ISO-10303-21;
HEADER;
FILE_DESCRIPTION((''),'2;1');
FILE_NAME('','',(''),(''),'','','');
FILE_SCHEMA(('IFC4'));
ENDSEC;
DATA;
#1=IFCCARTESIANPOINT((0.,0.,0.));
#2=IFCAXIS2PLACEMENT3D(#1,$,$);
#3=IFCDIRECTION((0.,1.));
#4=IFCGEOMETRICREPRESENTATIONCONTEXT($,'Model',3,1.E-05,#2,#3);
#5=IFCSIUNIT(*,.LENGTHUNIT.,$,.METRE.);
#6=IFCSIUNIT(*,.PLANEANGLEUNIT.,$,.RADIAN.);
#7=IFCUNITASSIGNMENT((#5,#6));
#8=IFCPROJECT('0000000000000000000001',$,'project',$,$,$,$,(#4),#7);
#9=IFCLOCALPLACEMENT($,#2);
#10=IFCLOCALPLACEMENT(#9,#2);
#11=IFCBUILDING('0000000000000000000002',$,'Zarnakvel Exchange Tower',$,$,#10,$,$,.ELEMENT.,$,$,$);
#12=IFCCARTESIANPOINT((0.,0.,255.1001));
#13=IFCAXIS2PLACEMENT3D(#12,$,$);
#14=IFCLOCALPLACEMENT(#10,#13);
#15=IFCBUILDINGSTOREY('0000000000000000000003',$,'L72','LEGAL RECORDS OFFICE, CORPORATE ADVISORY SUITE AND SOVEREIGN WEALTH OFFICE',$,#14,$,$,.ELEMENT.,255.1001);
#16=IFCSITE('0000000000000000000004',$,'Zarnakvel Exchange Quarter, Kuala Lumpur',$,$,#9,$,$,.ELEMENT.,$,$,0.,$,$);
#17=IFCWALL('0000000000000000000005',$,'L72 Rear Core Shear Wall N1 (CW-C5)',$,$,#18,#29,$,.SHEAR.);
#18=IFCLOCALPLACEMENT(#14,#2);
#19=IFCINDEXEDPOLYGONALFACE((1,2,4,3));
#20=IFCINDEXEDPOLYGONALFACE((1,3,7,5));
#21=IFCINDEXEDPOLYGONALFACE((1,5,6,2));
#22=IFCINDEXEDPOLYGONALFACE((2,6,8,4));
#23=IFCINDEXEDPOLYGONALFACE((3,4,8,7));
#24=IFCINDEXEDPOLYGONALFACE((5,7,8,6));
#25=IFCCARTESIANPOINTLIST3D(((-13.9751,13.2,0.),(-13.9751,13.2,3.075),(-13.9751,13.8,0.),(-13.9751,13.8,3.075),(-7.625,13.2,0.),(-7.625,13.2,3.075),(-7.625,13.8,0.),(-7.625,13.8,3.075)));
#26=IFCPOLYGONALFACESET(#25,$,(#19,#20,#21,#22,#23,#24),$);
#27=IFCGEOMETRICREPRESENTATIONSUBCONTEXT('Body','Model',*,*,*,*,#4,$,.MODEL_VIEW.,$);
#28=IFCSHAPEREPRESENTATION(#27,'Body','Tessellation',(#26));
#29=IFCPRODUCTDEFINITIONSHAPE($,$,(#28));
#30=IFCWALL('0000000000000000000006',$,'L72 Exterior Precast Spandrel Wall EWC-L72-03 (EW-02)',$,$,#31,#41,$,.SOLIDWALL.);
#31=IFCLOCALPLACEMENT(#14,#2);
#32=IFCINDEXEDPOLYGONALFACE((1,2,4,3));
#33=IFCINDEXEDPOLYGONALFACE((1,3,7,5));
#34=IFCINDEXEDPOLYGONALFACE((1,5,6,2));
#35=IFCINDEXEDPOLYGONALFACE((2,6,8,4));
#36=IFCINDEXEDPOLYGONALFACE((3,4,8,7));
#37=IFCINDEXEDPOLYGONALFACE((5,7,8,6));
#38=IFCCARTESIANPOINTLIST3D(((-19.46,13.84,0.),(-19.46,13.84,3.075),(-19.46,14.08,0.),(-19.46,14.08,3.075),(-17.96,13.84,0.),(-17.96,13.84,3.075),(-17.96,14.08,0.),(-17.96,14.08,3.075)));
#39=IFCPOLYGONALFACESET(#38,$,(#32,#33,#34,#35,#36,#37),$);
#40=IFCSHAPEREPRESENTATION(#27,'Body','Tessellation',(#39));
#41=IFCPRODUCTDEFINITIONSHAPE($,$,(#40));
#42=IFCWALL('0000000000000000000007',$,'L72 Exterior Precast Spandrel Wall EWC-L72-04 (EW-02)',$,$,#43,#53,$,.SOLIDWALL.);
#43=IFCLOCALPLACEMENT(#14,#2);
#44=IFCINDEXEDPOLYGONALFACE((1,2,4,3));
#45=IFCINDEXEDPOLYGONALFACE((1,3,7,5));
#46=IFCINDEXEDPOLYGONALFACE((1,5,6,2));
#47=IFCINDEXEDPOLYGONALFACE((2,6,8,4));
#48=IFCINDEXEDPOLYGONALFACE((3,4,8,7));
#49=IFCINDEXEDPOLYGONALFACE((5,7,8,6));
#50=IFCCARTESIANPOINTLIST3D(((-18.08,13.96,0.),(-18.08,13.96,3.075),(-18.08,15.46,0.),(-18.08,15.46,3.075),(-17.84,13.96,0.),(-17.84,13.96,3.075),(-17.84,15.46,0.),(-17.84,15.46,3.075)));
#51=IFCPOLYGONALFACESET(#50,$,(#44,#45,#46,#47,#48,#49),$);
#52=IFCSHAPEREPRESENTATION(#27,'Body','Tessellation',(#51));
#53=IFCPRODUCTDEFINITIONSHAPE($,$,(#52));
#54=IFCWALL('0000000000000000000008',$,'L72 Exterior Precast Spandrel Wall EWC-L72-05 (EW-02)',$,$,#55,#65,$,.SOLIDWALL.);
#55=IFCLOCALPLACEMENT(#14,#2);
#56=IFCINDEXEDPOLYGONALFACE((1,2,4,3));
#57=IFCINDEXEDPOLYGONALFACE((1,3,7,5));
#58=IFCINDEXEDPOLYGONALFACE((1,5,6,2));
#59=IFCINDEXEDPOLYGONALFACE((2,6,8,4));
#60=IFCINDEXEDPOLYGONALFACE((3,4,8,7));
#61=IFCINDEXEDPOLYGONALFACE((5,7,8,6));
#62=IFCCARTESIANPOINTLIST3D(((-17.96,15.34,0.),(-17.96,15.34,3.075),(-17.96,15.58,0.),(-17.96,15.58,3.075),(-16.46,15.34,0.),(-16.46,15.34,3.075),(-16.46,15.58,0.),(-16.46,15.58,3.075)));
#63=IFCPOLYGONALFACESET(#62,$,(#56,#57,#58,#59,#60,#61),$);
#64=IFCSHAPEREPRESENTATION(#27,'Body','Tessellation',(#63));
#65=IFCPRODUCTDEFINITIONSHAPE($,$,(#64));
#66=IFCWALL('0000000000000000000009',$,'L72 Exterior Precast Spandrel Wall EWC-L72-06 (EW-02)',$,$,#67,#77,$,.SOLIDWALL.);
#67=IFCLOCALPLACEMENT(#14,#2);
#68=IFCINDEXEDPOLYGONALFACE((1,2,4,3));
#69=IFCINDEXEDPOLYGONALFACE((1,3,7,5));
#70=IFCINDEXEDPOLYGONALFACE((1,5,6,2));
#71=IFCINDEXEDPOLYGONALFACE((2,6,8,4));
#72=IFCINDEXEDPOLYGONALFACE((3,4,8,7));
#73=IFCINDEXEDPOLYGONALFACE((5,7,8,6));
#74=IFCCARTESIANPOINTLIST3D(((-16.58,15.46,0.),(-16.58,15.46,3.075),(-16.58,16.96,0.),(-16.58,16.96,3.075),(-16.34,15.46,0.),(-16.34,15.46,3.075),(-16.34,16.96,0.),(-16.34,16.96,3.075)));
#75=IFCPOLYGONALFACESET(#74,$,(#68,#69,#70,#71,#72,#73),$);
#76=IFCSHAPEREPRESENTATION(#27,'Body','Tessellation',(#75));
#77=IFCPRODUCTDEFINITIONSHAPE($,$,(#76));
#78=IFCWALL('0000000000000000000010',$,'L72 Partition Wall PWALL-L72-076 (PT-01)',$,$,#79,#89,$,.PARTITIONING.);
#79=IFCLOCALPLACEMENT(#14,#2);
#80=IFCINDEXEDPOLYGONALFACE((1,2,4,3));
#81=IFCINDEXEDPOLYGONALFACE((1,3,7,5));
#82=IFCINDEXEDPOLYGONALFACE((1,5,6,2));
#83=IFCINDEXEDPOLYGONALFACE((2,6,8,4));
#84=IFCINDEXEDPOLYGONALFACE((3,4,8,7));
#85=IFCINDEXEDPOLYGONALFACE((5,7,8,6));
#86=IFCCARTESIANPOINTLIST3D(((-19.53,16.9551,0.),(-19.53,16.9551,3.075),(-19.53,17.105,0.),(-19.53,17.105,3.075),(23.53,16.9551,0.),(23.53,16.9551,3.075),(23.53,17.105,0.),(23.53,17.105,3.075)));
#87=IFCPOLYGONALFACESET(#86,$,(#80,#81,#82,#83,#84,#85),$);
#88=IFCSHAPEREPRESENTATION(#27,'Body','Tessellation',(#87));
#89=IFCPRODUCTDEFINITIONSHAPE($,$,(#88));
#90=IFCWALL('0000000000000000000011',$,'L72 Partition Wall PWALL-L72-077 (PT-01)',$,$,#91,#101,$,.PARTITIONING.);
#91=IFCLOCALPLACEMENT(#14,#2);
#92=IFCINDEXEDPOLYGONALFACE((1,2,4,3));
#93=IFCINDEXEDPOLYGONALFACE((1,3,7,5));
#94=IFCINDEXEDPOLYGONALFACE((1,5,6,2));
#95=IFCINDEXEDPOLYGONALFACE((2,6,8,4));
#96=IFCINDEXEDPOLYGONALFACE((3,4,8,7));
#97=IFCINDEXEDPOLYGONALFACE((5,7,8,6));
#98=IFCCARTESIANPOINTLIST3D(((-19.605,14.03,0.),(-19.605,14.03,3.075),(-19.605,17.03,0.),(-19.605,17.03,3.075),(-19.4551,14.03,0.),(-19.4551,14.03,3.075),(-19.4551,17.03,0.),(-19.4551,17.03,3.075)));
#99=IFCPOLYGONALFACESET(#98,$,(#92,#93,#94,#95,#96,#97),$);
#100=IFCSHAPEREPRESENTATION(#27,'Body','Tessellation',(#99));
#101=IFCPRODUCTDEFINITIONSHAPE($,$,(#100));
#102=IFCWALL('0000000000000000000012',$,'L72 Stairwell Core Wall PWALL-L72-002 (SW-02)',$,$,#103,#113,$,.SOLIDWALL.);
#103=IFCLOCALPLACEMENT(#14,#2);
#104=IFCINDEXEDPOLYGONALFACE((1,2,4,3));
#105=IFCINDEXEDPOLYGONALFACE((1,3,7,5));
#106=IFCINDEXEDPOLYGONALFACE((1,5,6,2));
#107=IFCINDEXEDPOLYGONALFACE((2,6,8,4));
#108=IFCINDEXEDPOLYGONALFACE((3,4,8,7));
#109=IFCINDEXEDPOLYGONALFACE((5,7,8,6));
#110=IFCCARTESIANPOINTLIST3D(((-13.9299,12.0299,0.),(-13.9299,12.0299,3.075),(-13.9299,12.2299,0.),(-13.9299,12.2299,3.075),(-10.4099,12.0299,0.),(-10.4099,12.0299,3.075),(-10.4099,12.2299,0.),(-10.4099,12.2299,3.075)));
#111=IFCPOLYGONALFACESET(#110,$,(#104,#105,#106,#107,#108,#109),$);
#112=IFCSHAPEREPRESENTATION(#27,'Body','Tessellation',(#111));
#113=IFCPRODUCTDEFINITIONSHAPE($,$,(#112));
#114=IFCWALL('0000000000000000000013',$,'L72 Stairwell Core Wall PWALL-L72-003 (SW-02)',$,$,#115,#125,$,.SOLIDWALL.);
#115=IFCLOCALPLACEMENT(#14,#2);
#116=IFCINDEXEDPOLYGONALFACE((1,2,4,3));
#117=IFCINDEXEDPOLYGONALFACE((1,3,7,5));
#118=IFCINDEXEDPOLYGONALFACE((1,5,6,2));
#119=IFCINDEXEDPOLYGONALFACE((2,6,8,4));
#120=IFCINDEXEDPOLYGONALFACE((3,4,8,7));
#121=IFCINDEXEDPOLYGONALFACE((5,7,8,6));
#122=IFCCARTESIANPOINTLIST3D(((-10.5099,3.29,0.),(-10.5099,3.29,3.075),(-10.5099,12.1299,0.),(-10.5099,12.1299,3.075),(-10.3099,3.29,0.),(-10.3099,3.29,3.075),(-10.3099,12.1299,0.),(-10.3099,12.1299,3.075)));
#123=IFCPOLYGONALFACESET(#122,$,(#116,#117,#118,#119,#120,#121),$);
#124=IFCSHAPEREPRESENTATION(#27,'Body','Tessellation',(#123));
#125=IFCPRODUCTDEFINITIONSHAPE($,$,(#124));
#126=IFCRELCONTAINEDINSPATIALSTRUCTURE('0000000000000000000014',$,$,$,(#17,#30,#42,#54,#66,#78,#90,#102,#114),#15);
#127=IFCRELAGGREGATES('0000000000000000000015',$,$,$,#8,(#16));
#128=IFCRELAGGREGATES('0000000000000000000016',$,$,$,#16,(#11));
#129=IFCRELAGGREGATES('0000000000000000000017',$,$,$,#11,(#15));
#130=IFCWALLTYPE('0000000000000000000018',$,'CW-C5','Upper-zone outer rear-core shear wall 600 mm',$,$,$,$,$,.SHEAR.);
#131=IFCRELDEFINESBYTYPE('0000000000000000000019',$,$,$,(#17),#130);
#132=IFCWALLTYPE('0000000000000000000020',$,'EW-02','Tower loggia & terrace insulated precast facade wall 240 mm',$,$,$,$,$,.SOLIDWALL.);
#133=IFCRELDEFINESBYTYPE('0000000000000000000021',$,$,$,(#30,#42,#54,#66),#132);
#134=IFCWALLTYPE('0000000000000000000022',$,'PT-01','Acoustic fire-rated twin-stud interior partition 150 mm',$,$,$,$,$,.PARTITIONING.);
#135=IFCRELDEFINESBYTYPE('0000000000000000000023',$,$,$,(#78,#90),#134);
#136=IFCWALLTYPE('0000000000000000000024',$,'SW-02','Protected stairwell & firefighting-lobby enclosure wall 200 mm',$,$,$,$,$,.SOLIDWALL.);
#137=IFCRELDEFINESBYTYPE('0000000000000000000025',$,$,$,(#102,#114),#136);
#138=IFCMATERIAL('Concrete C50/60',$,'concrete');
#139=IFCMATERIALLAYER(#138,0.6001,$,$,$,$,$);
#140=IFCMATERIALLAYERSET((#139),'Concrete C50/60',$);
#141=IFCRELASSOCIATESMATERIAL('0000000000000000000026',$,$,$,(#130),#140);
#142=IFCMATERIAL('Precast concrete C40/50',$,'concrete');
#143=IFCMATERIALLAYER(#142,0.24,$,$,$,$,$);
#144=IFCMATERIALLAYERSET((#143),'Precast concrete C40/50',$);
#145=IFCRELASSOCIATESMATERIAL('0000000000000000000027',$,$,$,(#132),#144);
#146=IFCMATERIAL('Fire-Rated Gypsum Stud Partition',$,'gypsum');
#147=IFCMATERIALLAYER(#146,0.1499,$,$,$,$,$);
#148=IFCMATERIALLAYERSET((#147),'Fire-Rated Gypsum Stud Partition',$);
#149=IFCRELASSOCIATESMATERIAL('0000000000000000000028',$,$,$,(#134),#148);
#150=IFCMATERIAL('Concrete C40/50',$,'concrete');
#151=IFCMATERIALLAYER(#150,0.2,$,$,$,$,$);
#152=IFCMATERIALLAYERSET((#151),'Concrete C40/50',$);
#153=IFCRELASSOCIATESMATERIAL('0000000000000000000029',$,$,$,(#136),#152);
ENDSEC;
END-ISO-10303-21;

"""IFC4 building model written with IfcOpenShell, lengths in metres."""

from ifc_helpers import new_model, si_unit, direction, frame, frame_2d, origin, place, context, subcontext, project, spatial, rectangle, extrude, material, layer, layer_set, type_object, element, save


model = new_model("IFC4")

# Units and contexts
model_context = context("Model", 3, precision=1e-05, world=origin(), true_north=direction((0.0, 1.0)))
body_context = subcontext(model_context, "Body", "Model", "MODEL_VIEW")
ifc_project = project(units=[si_unit("LENGTHUNIT", "METRE"), si_unit("PLANEANGLEUNIT", "RADIAN")], contexts=[model_context])

# Site, building, storey
site_placement = place(None, origin())
site = spatial("IfcSite", under=ifc_project, at=site_placement, Name="Zarnakvel Exchange Quarter, Kuala Lumpur", CompositionType="ELEMENT", RefElevation=0.0)
building_placement = place(site_placement, origin())
building = spatial("IfcBuilding", under=site, at=building_placement, Name="Zarnakvel Exchange Tower", CompositionType="ELEMENT")
storey_placement = place(building_placement, frame((0.0, 0.0, 255.1001)))
storey = spatial("IfcBuildingStorey", under=building, at=storey_placement, Name="L72", Description="LEGAL RECORDS OFFICE, CORPORATE ADVISORY SUITE AND SOVEREIGN WEALTH OFFICE", CompositionType="ELEMENT", Elevation=255.1001)

# Shared definitions
ifc_material_1 = material(Name="Concrete C50/60", Category="concrete")

# Walls
ifc_layer_1 = layer(ifc_material_1, 0.6001)
ifc_layer_set_1 = layer_set([ifc_layer_1], Name="Concrete C50/60")
wall_type_1 = type_object("IfcWallType", Name="CW-C5", Description="Upper-zone outer rear-core shear wall 600 mm", PredefinedType="SHEAR", material=ifc_layer_set_1)
wall_1_placement = place(storey_placement, frame((-13.9751, 13.5, 0.0), z_axis=(0.0, 0.0, 1.0), x_axis=(1.0, 0.0, 0.0)))
element("IfcWall", 1, at=wall_1_placement, inside=storey, type_object=wall_type_1, Name="L72 Rear Core Shear Wall N1 (CW-C5)", PredefinedType="SHEAR", context=body_context, shape_type="SweptSolid", body=[
    extrude(rectangle(XDim=6.3501, YDim=0.6001, at=frame_2d((3.175, 0.0))), origin(), (0.0, 0.0, 1.0), 3.075),
])
ifc_material_2 = material(Name="Precast concrete C40/50", Category="concrete")
ifc_layer_2 = layer(ifc_material_2, 0.24)
ifc_layer_set_2 = layer_set([ifc_layer_2], Name="Precast concrete C40/50")
wall_type_2 = type_object("IfcWallType", Name="EW-02", Description="Tower loggia & terrace insulated precast facade wall 240 mm", PredefinedType="SOLIDWALL", material=ifc_layer_set_2)
for number, where, z_axis, x_axis, name in (
    (2, (-17.96, 13.96, 0.0), (0.0, 0.0, 1.0), (-1.0, 0.0, 0.0), "L72 Exterior Precast Spandrel Wall EWC-L72-03 (EW-02)"),
    (3, (-17.96, 15.46, 0.0), (0.0, 0.0, 1.0), (0.0, -1.0, 0.0), "L72 Exterior Precast Spandrel Wall EWC-L72-04 (EW-02)"),
    (4, (-16.46, 15.46, 0.0), (0.0, 0.0, 1.0), (-1.0, 0.0, 0.0), "L72 Exterior Precast Spandrel Wall EWC-L72-05 (EW-02)"),
    (5, (-16.46, 16.96, 0.0), (0.0, 0.0, 1.0), (0.0, -1.0, 0.0), "L72 Exterior Precast Spandrel Wall EWC-L72-06 (EW-02)"),
):
    element("IfcWall", number, at=place(storey_placement, frame(where, z_axis=z_axis, x_axis=x_axis)), inside=storey, type_object=wall_type_2, Name=name, PredefinedType="SOLIDWALL", context=body_context, shape_type="SweptSolid", body=[
        extrude(rectangle(XDim=1.5, YDim=0.24, at=frame_2d((0.75, 0.0))), origin(), (0.0, 0.0, 1.0), 3.075),
    ])

# Shared definitions
ifc_material_3 = material(Name="Fire-Rated Gypsum Stud Partition", Category="gypsum")
ifc_layer_3 = layer(ifc_material_3, 0.1499)
ifc_layer_set_3 = layer_set([ifc_layer_3], Name="Fire-Rated Gypsum Stud Partition")
wall_type_3 = type_object("IfcWallType", Name="PT-01", Description="Acoustic fire-rated twin-stud interior partition 150 mm", PredefinedType="PARTITIONING", material=ifc_layer_set_3)

# Walls
wall_2_placement = place(storey_placement, frame((-19.53, 17.03, 0.0), z_axis=(0.0, 0.0, 1.0), x_axis=(1.0, 0.0, 0.0)))
element("IfcWall", 6, at=wall_2_placement, inside=storey, type_object=wall_type_3, Name="L72 Partition Wall PWALL-L72-076 (PT-01)", PredefinedType="PARTITIONING", context=body_context, shape_type="SweptSolid", body=[
    extrude(rectangle(XDim=43.0601, YDim=0.1499, at=frame_2d((21.53, 0.0))), origin(), (0.0, 0.0, 1.0), 3.075),
])
wall_3_placement = place(storey_placement, frame((-19.53, 14.03, 0.0), z_axis=(0.0, 0.0, 1.0), x_axis=(0.0, 1.0, 0.0)))
element("IfcWall", 7, at=wall_3_placement, inside=storey, type_object=wall_type_3, Name="L72 Partition Wall PWALL-L72-077 (PT-01)", PredefinedType="PARTITIONING", context=body_context, shape_type="SweptSolid", body=[
    extrude(rectangle(XDim=3.0, YDim=0.1499, at=frame_2d((1.5, 0.0))), origin(), (0.0, 0.0, 1.0), 3.075),
])
ifc_material_4 = material(Name="Concrete C40/50", Category="concrete")
ifc_layer_4 = layer(ifc_material_4, 0.2)
ifc_layer_set_4 = layer_set([ifc_layer_4], Name="Concrete C40/50")
wall_type_4 = type_object("IfcWallType", Name="SW-02", Description="Protected stairwell & firefighting-lobby enclosure wall 200 mm", PredefinedType="SOLIDWALL", material=ifc_layer_set_4)
wall_4_placement = place(storey_placement, frame((-13.9299, 12.1299, 0.0), z_axis=(0.0, 0.0, 1.0), x_axis=(1.0, 0.0, 0.0)))
element("IfcWall", 8, at=wall_4_placement, inside=storey, type_object=wall_type_4, Name="L72 Stairwell Core Wall PWALL-L72-002 (SW-02)", PredefinedType="SOLIDWALL", context=body_context, shape_type="SweptSolid", body=[
    extrude(rectangle(XDim=3.52, YDim=0.2, at=frame_2d((1.76, 0.0))), origin(), (0.0, 0.0, 1.0), 3.075),
])
wall_5_placement = place(storey_placement, frame((-10.4099, 12.1299, 0.0), z_axis=(0.0, 0.0, 1.0), x_axis=(0.0, -1.0, 0.0)))
element("IfcWall", 9, at=wall_5_placement, inside=storey, type_object=wall_type_4, Name="L72 Stairwell Core Wall PWALL-L72-003 (SW-02)", PredefinedType="SOLIDWALL", context=body_context, shape_type="SweptSolid", body=[
    extrude(rectangle(XDim=8.8398, YDim=0.2, at=frame_2d((4.4199, 0.0))), origin(), (0.0, 0.0, 1.0), 3.075),
])

save(model, "model.ifc")
